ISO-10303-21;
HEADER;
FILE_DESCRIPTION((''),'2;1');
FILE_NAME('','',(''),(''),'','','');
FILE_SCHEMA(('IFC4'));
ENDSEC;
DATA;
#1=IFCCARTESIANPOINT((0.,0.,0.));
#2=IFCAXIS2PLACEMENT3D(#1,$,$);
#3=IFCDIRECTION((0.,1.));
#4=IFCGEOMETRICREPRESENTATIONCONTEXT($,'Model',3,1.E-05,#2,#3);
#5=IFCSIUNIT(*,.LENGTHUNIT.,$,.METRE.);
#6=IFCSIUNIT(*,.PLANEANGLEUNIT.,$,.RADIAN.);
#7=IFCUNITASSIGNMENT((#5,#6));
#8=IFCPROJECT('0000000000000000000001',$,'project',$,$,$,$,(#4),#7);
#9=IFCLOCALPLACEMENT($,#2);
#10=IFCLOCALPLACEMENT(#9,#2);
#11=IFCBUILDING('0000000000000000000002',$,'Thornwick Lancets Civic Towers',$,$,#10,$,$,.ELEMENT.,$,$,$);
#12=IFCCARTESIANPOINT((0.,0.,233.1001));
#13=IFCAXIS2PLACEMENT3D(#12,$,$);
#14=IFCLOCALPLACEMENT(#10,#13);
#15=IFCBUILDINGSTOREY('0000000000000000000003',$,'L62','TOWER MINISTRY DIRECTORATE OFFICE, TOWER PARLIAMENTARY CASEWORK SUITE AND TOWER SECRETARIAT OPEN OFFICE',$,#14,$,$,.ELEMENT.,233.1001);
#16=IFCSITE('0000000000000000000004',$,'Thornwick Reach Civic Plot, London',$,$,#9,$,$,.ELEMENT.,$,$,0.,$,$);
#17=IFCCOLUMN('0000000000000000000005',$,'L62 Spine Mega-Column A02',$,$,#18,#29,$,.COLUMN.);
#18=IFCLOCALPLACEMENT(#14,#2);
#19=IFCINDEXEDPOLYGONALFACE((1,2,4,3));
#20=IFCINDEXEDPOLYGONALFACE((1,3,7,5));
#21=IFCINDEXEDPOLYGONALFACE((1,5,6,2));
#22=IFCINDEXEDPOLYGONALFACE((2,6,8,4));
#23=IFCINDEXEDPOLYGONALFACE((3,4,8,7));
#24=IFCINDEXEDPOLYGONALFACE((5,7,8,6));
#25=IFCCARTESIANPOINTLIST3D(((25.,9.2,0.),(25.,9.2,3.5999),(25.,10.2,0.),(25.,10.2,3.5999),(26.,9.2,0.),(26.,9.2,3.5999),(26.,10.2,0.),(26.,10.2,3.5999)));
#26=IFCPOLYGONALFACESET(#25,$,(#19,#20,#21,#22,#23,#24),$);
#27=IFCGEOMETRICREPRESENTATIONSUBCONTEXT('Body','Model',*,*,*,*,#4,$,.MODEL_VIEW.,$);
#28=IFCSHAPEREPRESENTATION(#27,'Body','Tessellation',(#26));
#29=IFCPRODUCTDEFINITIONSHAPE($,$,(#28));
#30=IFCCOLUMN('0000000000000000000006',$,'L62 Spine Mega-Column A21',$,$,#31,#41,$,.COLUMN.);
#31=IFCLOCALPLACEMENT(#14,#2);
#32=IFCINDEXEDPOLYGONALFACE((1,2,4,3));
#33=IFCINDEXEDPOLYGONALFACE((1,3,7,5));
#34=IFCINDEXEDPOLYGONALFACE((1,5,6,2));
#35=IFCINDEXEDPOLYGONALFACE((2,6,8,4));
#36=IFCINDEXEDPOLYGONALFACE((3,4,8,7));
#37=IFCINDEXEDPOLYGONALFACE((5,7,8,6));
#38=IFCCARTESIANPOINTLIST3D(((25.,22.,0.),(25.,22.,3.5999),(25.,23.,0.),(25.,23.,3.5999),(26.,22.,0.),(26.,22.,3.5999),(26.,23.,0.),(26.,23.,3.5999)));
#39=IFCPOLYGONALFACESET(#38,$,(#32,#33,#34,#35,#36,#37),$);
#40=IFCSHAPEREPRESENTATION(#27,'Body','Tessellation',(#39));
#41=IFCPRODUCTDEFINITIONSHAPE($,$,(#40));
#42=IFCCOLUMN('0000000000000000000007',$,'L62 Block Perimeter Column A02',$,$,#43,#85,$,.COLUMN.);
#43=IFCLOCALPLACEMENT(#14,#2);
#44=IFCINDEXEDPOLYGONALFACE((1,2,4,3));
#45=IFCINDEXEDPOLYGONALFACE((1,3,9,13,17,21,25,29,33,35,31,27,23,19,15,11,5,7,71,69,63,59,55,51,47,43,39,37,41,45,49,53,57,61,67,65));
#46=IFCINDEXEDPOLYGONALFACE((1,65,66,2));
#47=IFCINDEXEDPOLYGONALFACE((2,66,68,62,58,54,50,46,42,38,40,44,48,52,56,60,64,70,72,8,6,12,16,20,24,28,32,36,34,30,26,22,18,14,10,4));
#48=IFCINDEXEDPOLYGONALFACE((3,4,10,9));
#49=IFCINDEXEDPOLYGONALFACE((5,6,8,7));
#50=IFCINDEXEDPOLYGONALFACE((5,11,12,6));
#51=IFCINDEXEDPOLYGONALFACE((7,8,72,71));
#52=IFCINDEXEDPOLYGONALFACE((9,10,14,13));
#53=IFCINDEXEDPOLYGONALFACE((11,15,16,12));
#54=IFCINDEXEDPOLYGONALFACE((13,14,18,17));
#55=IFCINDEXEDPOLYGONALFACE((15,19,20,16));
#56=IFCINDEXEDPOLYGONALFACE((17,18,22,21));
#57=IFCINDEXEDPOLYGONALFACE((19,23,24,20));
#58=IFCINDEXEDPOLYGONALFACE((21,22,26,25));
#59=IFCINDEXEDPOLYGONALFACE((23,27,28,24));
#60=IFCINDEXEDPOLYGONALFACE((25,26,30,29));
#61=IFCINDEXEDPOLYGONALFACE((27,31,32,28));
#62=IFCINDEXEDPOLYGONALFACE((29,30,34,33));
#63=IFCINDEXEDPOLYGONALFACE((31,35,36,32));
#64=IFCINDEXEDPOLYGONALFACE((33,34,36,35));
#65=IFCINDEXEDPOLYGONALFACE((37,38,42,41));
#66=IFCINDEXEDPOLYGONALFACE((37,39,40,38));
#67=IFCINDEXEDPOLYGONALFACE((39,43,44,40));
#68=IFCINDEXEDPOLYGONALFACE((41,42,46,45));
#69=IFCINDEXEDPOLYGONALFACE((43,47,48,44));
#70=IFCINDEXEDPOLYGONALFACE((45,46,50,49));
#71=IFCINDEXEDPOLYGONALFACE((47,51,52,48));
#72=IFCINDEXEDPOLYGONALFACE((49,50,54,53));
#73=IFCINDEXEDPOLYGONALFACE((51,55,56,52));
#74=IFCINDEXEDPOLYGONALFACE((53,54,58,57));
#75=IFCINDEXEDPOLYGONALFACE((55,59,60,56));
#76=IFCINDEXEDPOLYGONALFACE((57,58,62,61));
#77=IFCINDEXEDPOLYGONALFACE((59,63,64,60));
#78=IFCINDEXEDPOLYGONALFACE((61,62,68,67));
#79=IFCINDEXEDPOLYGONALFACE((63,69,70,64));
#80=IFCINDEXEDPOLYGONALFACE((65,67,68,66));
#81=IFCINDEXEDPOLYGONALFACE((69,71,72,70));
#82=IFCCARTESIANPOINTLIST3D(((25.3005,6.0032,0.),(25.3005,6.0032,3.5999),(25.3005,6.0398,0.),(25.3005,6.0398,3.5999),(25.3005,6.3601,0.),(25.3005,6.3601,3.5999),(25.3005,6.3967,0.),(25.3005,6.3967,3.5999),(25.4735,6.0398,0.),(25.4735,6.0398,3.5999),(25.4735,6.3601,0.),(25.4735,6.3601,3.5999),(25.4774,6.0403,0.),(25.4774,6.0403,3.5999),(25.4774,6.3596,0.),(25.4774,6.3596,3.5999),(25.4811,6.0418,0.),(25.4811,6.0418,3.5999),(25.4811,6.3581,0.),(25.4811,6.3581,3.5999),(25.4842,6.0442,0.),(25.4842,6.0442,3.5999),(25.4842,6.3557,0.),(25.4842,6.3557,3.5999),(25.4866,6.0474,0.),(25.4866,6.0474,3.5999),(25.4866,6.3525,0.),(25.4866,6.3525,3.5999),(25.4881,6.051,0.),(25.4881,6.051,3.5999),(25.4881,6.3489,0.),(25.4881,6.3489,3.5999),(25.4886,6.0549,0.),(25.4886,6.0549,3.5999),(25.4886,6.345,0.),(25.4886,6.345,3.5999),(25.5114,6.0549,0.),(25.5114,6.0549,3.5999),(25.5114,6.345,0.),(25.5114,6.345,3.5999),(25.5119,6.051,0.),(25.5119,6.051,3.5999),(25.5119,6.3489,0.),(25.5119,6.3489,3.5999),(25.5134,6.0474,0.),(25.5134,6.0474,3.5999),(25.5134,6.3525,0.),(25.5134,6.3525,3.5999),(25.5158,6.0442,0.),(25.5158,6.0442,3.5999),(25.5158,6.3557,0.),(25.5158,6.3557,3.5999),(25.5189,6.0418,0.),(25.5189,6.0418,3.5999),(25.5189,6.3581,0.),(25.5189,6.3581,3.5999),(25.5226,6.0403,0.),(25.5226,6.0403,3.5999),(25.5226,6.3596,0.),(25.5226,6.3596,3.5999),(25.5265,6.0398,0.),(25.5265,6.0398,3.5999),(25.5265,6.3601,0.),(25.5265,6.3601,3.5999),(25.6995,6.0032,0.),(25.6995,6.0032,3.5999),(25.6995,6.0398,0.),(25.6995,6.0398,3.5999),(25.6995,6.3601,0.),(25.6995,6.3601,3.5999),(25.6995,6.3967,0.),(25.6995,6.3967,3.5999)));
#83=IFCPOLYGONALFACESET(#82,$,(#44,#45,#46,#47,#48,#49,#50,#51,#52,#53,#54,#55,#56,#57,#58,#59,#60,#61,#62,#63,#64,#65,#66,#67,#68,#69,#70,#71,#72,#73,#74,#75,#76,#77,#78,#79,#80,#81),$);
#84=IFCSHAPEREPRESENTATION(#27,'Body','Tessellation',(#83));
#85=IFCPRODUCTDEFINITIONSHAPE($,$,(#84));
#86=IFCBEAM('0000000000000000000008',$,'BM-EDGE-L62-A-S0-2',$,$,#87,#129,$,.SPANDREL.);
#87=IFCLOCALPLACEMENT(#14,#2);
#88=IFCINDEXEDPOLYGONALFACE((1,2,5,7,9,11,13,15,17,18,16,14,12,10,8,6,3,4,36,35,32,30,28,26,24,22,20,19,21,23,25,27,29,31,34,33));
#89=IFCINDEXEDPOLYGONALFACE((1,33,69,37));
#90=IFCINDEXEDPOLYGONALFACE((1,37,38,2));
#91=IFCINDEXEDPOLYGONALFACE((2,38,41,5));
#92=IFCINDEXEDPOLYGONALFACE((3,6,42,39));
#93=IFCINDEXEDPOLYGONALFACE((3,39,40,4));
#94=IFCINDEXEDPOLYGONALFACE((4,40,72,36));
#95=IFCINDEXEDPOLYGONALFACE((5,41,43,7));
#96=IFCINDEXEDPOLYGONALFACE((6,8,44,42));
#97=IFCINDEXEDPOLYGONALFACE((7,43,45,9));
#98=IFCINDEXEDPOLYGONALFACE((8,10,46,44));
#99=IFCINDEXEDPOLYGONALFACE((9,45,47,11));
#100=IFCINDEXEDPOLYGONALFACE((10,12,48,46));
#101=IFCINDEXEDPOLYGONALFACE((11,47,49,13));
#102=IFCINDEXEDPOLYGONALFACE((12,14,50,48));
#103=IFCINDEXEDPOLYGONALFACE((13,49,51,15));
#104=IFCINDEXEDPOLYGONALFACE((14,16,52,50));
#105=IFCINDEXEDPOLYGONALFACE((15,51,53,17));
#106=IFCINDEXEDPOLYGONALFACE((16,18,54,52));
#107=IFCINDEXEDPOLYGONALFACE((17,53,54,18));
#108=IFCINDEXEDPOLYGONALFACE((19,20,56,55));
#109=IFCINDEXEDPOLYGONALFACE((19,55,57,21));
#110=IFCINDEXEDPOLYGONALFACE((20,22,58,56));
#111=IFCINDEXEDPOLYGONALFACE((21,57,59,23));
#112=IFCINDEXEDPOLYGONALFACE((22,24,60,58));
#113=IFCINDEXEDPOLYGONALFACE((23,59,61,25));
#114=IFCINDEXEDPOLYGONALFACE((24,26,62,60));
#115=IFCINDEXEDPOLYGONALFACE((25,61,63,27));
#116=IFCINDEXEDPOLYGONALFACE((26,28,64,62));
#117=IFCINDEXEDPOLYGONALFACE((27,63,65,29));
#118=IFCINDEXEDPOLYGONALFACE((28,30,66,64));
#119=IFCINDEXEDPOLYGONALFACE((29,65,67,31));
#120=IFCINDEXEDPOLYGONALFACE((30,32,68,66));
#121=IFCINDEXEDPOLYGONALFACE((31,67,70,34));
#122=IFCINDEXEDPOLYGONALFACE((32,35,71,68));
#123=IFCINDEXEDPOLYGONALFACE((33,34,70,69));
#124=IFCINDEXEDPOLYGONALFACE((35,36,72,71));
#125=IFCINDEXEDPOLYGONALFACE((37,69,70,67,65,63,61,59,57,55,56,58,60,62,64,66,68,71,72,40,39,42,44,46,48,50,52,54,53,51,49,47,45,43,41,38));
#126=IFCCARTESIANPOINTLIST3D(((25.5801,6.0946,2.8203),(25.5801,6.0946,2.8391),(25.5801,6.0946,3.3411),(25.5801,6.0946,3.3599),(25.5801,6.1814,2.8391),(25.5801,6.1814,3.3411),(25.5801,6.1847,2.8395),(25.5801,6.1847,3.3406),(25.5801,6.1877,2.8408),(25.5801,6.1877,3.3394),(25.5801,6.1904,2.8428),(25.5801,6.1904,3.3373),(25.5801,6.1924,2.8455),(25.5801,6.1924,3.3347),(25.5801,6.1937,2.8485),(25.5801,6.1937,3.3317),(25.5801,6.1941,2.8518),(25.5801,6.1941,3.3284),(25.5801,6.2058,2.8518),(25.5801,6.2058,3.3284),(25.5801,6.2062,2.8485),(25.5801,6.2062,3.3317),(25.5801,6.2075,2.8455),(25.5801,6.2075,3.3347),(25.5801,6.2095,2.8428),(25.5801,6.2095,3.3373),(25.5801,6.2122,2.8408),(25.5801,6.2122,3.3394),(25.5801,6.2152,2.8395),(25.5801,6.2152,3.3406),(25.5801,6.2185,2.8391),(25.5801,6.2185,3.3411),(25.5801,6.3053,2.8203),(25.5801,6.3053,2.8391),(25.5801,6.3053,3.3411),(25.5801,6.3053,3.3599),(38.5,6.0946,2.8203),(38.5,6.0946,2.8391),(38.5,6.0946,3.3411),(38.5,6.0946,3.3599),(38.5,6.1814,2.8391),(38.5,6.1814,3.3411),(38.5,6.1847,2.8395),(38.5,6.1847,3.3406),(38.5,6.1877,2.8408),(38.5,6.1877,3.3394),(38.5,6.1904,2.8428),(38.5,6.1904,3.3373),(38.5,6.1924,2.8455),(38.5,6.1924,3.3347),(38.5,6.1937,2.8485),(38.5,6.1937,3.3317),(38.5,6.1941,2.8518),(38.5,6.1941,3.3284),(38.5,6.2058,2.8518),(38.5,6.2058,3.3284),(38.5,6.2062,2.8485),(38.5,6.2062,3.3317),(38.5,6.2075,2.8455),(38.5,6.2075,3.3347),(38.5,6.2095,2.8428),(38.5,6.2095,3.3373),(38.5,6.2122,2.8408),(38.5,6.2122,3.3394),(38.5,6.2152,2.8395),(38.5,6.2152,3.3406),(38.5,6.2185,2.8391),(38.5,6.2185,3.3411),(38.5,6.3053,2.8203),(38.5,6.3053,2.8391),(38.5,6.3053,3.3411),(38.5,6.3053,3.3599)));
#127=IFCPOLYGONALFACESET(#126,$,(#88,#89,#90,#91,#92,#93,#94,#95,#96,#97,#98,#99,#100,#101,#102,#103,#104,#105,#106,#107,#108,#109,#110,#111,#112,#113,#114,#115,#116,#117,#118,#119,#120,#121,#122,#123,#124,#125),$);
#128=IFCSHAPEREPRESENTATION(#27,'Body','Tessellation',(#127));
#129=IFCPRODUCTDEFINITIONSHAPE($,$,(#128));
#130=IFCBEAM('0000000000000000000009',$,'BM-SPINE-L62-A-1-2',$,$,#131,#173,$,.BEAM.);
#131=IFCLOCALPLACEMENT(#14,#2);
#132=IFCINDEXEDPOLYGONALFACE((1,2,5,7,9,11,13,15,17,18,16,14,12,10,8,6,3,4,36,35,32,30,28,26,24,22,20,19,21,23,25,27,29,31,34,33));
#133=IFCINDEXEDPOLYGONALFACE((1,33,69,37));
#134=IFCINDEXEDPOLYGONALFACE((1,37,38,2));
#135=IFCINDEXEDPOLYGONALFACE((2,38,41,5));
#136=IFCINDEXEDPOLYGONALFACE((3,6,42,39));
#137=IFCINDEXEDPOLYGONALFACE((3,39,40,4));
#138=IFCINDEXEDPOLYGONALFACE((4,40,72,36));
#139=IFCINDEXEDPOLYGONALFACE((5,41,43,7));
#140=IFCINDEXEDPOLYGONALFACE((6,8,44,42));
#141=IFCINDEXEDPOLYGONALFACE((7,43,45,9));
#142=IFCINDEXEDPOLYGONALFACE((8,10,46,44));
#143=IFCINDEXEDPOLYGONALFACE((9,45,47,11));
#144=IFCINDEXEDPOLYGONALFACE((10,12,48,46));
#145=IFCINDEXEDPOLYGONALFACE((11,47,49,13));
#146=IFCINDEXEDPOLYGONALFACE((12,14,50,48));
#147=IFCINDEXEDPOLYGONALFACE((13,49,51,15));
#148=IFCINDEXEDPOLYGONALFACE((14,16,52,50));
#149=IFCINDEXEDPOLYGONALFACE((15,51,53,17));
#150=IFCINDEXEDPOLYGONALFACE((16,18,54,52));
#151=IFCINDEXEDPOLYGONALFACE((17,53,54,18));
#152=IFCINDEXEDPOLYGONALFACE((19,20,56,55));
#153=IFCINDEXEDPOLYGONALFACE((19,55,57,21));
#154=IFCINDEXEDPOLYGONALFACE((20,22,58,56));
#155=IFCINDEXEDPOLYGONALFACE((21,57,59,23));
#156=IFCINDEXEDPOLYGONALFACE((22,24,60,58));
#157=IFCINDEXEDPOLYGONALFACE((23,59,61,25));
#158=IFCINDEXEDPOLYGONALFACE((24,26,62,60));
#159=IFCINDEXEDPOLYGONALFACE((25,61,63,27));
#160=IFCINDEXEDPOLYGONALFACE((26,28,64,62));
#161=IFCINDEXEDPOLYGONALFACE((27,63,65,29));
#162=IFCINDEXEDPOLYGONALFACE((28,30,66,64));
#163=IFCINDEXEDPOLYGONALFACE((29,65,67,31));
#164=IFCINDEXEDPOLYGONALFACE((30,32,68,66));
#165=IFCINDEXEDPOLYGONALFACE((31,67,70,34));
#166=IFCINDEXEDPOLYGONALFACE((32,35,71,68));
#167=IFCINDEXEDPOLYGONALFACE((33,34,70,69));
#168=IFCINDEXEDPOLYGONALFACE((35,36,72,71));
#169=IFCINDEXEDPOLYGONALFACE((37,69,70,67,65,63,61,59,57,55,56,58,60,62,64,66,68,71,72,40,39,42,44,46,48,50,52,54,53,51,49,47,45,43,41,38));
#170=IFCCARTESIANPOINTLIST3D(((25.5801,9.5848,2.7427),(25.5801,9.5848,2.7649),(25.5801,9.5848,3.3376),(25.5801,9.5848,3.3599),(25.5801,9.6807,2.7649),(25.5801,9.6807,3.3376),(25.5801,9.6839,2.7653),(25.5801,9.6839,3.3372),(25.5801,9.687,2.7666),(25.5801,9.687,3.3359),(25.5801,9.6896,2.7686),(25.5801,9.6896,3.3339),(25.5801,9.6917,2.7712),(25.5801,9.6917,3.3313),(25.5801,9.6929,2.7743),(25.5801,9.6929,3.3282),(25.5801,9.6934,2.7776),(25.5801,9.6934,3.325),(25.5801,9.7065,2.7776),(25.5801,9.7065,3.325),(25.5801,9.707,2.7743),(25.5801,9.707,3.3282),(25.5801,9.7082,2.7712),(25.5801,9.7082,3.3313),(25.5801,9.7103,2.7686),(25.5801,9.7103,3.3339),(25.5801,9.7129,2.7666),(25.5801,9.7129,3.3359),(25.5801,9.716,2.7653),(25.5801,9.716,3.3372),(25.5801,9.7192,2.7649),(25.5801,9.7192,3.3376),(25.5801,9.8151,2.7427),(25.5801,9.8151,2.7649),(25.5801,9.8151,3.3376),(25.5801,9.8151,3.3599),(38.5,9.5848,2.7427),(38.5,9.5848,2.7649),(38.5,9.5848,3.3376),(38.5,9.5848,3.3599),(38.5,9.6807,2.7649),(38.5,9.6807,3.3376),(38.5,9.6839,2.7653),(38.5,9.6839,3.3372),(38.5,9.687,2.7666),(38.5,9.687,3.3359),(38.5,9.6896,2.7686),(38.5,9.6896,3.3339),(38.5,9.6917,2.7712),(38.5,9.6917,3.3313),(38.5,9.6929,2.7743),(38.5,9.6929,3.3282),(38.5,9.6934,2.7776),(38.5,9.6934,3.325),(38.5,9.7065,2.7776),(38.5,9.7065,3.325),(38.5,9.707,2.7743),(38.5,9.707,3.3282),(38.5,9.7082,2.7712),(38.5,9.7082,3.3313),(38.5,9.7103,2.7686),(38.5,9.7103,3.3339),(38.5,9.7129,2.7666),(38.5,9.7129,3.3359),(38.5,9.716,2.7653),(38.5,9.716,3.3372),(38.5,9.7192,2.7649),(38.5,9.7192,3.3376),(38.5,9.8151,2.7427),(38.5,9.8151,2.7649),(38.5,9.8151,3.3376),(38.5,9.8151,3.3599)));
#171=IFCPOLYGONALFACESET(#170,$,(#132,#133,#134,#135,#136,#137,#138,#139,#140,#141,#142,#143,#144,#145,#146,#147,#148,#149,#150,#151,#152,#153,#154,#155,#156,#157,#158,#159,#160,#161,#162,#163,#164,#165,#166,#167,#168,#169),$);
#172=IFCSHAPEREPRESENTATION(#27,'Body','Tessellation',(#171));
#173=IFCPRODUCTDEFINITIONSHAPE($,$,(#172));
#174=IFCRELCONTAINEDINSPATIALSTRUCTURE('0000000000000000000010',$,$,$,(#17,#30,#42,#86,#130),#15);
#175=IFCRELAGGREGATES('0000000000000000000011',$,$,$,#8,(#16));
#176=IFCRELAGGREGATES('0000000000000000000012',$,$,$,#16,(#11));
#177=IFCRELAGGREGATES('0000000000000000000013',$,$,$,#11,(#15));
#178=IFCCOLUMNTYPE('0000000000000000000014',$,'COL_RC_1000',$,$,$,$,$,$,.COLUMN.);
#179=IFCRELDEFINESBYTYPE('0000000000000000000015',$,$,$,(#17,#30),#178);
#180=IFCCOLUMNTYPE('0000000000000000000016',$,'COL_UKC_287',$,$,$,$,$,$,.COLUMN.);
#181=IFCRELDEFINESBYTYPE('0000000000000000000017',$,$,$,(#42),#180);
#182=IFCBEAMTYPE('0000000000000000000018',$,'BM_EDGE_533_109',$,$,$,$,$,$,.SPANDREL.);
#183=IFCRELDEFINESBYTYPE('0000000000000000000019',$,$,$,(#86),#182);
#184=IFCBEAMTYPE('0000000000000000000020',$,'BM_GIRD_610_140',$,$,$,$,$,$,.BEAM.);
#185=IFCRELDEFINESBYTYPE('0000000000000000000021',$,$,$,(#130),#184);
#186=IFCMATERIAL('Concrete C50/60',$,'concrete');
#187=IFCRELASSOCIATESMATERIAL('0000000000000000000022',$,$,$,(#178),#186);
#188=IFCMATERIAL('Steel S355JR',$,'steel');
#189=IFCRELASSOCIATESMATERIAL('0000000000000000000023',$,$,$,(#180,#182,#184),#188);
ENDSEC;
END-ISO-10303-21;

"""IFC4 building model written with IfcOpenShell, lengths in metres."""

from ifc_helpers import new_model, si_unit, direction, frame, origin, origin_2d, place, context, subcontext, project, spatial, rectangle, i_section, extrude, material, material_profile, profile_set, type_object, element, save


model = new_model("IFC4")

# Units and contexts
model_context = context("Model", 3, precision=1e-05, world=origin(), true_north=direction((0.0, 1.0)))
body_context = subcontext(model_context, "Body", "Model", "MODEL_VIEW")
ifc_project = project(units=[si_unit("LENGTHUNIT", "METRE"), si_unit("PLANEANGLEUNIT", "RADIAN")], contexts=[model_context])

# Site, building, storey
site_placement = place(None, origin())
site = spatial("IfcSite", under=ifc_project, at=site_placement, Name="Thornwick Reach Civic Plot, London", CompositionType="ELEMENT", RefElevation=0.0)
building_placement = place(site_placement, origin())
building = spatial("IfcBuilding", under=site, at=building_placement, Name="Thornwick Lancets Civic Towers", CompositionType="ELEMENT")
storey_placement = place(building_placement, frame((0.0, 0.0, 233.1001)))
storey = spatial("IfcBuildingStorey", under=building, at=storey_placement, Name="L62", Description="TOWER MINISTRY DIRECTORATE OFFICE, TOWER PARLIAMENTARY CASEWORK SUITE AND TOWER SECRETARIAT OPEN OFFICE", CompositionType="ELEMENT", Elevation=233.1001)

# Columns
ifc_material_1 = material(Name="Concrete C50/60", Category="concrete")
ifc_material_profile_1 = material_profile(ifc_material_1, rectangle(XDim=1.0, YDim=1.0, at=origin_2d()), Name="RC 1000x1000")
ifc_profile_set_1 = profile_set([ifc_material_profile_1], Name="Concrete C50/60")
column_type_1 = type_object("IfcColumnType", Name="COL_RC_1000", PredefinedType="COLUMN", material=ifc_profile_set_1)
for number, where, z_axis, x_axis, name in (
    (1, (25.5, 9.7, 0.0), (0.0, 0.0, 1.0), (1.0, 0.0, 0.0), "L62 Spine Mega-Column A02"),
    (2, (25.5, 22.5, 0.0), (0.0, 0.0, 1.0), (1.0, 0.0, 0.0), "L62 Spine Mega-Column A21"),
):
    element("IfcColumn", number, at=place(storey_placement, frame(where, z_axis=z_axis, x_axis=x_axis)), inside=storey, type_object=column_type_1, Name=name, PredefinedType="COLUMN", context=body_context, shape_type="SweptSolid", body=[
        extrude(rectangle(XDim=1.0, YDim=1.0, at=origin_2d()), origin(), (0.0, 0.0, 1.0), 3.5999),
    ])
ifc_material_2 = material(Name="Steel S355JR", Category="steel")
ifc_material_profile_2 = material_profile(ifc_material_2, i_section(OverallWidth=0.3989, OverallDepth=0.3936, WebThickness=0.0227, FlangeThickness=0.0366, FilletRadius=0.0151, at=origin_2d()), Name="UKC 356x406x287")
ifc_profile_set_2 = profile_set([ifc_material_profile_2], Name="Steel S355JR")
column_type_2 = type_object("IfcColumnType", Name="COL_UKC_287", PredefinedType="COLUMN", material=ifc_profile_set_2)
column_placement = place(storey_placement, frame((25.5, 6.2, 0.0), z_axis=(0.0, 0.0, 1.0), x_axis=(1.0, 0.0, 0.0)))
element("IfcColumn", 3, at=column_placement, inside=storey, type_object=column_type_2, Name="L62 Block Perimeter Column A02", PredefinedType="COLUMN", context=body_context, shape_type="SweptSolid", body=[
    extrude(i_section(OverallWidth=0.3989, OverallDepth=0.3936, WebThickness=0.0227, FlangeThickness=0.0366, FilletRadius=0.0151, at=origin_2d()), origin(), (0.0, 0.0, 1.0), 3.5999),
])

# Beams
ifc_material_profile_3 = material_profile(ifc_material_2, i_section(OverallWidth=0.2107, OverallDepth=0.5396, WebThickness=0.0117, FlangeThickness=0.0188, FilletRadius=0.0127, at=origin_2d()), Name="UKB 533x210x109")
ifc_profile_set_3 = profile_set([ifc_material_profile_3], Name="Steel S355JR")
beam_type_1 = type_object("IfcBeamType", Name="BM_EDGE_533_109", PredefinedType="SPANDREL", material=ifc_profile_set_3)
beam_1_placement = place(storey_placement, frame((25.5801, 6.2, 3.0901), z_axis=(1.0, 0.0, 0.0), x_axis=(0.0, 1.0, 0.0)))
element("IfcBeam", 4, at=beam_1_placement, inside=storey, type_object=beam_type_1, Name="BM-EDGE-L62-A-S0-2", PredefinedType="SPANDREL", context=body_context, shape_type="SweptSolid", body=[
    extrude(i_section(OverallWidth=0.2107, OverallDepth=0.5396, WebThickness=0.0117, FlangeThickness=0.0188, FilletRadius=0.0127, at=origin_2d()), origin(), (0.0, 0.0, 1.0), 12.9199),
])
ifc_material_profile_4 = material_profile(ifc_material_2, i_section(OverallWidth=0.2302, OverallDepth=0.6172, WebThickness=0.0132, FlangeThickness=0.0222, FilletRadius=0.0127, at=origin_2d()), Name="UKB 610x229x140")
ifc_profile_set_4 = profile_set([ifc_material_profile_4], Name="Steel S355JR")
beam_type_2 = type_object("IfcBeamType", Name="BM_GIRD_610_140", PredefinedType="BEAM", material=ifc_profile_set_4)
beam_2_placement = place(storey_placement, frame((25.5801, 9.7, 3.0513), z_axis=(1.0, 0.0, 0.0), x_axis=(0.0, 1.0, 0.0)))
element("IfcBeam", 5, at=beam_2_placement, inside=storey, type_object=beam_type_2, Name="BM-SPINE-L62-A-1-2", PredefinedType="BEAM", context=body_context, shape_type="SweptSolid", body=[
    extrude(i_section(OverallWidth=0.2302, OverallDepth=0.6172, WebThickness=0.0132, FlangeThickness=0.0222, FilletRadius=0.0127, at=origin_2d()), origin(), (0.0, 0.0, 1.0), 12.9199),
])

save(model, "model.ifc")
